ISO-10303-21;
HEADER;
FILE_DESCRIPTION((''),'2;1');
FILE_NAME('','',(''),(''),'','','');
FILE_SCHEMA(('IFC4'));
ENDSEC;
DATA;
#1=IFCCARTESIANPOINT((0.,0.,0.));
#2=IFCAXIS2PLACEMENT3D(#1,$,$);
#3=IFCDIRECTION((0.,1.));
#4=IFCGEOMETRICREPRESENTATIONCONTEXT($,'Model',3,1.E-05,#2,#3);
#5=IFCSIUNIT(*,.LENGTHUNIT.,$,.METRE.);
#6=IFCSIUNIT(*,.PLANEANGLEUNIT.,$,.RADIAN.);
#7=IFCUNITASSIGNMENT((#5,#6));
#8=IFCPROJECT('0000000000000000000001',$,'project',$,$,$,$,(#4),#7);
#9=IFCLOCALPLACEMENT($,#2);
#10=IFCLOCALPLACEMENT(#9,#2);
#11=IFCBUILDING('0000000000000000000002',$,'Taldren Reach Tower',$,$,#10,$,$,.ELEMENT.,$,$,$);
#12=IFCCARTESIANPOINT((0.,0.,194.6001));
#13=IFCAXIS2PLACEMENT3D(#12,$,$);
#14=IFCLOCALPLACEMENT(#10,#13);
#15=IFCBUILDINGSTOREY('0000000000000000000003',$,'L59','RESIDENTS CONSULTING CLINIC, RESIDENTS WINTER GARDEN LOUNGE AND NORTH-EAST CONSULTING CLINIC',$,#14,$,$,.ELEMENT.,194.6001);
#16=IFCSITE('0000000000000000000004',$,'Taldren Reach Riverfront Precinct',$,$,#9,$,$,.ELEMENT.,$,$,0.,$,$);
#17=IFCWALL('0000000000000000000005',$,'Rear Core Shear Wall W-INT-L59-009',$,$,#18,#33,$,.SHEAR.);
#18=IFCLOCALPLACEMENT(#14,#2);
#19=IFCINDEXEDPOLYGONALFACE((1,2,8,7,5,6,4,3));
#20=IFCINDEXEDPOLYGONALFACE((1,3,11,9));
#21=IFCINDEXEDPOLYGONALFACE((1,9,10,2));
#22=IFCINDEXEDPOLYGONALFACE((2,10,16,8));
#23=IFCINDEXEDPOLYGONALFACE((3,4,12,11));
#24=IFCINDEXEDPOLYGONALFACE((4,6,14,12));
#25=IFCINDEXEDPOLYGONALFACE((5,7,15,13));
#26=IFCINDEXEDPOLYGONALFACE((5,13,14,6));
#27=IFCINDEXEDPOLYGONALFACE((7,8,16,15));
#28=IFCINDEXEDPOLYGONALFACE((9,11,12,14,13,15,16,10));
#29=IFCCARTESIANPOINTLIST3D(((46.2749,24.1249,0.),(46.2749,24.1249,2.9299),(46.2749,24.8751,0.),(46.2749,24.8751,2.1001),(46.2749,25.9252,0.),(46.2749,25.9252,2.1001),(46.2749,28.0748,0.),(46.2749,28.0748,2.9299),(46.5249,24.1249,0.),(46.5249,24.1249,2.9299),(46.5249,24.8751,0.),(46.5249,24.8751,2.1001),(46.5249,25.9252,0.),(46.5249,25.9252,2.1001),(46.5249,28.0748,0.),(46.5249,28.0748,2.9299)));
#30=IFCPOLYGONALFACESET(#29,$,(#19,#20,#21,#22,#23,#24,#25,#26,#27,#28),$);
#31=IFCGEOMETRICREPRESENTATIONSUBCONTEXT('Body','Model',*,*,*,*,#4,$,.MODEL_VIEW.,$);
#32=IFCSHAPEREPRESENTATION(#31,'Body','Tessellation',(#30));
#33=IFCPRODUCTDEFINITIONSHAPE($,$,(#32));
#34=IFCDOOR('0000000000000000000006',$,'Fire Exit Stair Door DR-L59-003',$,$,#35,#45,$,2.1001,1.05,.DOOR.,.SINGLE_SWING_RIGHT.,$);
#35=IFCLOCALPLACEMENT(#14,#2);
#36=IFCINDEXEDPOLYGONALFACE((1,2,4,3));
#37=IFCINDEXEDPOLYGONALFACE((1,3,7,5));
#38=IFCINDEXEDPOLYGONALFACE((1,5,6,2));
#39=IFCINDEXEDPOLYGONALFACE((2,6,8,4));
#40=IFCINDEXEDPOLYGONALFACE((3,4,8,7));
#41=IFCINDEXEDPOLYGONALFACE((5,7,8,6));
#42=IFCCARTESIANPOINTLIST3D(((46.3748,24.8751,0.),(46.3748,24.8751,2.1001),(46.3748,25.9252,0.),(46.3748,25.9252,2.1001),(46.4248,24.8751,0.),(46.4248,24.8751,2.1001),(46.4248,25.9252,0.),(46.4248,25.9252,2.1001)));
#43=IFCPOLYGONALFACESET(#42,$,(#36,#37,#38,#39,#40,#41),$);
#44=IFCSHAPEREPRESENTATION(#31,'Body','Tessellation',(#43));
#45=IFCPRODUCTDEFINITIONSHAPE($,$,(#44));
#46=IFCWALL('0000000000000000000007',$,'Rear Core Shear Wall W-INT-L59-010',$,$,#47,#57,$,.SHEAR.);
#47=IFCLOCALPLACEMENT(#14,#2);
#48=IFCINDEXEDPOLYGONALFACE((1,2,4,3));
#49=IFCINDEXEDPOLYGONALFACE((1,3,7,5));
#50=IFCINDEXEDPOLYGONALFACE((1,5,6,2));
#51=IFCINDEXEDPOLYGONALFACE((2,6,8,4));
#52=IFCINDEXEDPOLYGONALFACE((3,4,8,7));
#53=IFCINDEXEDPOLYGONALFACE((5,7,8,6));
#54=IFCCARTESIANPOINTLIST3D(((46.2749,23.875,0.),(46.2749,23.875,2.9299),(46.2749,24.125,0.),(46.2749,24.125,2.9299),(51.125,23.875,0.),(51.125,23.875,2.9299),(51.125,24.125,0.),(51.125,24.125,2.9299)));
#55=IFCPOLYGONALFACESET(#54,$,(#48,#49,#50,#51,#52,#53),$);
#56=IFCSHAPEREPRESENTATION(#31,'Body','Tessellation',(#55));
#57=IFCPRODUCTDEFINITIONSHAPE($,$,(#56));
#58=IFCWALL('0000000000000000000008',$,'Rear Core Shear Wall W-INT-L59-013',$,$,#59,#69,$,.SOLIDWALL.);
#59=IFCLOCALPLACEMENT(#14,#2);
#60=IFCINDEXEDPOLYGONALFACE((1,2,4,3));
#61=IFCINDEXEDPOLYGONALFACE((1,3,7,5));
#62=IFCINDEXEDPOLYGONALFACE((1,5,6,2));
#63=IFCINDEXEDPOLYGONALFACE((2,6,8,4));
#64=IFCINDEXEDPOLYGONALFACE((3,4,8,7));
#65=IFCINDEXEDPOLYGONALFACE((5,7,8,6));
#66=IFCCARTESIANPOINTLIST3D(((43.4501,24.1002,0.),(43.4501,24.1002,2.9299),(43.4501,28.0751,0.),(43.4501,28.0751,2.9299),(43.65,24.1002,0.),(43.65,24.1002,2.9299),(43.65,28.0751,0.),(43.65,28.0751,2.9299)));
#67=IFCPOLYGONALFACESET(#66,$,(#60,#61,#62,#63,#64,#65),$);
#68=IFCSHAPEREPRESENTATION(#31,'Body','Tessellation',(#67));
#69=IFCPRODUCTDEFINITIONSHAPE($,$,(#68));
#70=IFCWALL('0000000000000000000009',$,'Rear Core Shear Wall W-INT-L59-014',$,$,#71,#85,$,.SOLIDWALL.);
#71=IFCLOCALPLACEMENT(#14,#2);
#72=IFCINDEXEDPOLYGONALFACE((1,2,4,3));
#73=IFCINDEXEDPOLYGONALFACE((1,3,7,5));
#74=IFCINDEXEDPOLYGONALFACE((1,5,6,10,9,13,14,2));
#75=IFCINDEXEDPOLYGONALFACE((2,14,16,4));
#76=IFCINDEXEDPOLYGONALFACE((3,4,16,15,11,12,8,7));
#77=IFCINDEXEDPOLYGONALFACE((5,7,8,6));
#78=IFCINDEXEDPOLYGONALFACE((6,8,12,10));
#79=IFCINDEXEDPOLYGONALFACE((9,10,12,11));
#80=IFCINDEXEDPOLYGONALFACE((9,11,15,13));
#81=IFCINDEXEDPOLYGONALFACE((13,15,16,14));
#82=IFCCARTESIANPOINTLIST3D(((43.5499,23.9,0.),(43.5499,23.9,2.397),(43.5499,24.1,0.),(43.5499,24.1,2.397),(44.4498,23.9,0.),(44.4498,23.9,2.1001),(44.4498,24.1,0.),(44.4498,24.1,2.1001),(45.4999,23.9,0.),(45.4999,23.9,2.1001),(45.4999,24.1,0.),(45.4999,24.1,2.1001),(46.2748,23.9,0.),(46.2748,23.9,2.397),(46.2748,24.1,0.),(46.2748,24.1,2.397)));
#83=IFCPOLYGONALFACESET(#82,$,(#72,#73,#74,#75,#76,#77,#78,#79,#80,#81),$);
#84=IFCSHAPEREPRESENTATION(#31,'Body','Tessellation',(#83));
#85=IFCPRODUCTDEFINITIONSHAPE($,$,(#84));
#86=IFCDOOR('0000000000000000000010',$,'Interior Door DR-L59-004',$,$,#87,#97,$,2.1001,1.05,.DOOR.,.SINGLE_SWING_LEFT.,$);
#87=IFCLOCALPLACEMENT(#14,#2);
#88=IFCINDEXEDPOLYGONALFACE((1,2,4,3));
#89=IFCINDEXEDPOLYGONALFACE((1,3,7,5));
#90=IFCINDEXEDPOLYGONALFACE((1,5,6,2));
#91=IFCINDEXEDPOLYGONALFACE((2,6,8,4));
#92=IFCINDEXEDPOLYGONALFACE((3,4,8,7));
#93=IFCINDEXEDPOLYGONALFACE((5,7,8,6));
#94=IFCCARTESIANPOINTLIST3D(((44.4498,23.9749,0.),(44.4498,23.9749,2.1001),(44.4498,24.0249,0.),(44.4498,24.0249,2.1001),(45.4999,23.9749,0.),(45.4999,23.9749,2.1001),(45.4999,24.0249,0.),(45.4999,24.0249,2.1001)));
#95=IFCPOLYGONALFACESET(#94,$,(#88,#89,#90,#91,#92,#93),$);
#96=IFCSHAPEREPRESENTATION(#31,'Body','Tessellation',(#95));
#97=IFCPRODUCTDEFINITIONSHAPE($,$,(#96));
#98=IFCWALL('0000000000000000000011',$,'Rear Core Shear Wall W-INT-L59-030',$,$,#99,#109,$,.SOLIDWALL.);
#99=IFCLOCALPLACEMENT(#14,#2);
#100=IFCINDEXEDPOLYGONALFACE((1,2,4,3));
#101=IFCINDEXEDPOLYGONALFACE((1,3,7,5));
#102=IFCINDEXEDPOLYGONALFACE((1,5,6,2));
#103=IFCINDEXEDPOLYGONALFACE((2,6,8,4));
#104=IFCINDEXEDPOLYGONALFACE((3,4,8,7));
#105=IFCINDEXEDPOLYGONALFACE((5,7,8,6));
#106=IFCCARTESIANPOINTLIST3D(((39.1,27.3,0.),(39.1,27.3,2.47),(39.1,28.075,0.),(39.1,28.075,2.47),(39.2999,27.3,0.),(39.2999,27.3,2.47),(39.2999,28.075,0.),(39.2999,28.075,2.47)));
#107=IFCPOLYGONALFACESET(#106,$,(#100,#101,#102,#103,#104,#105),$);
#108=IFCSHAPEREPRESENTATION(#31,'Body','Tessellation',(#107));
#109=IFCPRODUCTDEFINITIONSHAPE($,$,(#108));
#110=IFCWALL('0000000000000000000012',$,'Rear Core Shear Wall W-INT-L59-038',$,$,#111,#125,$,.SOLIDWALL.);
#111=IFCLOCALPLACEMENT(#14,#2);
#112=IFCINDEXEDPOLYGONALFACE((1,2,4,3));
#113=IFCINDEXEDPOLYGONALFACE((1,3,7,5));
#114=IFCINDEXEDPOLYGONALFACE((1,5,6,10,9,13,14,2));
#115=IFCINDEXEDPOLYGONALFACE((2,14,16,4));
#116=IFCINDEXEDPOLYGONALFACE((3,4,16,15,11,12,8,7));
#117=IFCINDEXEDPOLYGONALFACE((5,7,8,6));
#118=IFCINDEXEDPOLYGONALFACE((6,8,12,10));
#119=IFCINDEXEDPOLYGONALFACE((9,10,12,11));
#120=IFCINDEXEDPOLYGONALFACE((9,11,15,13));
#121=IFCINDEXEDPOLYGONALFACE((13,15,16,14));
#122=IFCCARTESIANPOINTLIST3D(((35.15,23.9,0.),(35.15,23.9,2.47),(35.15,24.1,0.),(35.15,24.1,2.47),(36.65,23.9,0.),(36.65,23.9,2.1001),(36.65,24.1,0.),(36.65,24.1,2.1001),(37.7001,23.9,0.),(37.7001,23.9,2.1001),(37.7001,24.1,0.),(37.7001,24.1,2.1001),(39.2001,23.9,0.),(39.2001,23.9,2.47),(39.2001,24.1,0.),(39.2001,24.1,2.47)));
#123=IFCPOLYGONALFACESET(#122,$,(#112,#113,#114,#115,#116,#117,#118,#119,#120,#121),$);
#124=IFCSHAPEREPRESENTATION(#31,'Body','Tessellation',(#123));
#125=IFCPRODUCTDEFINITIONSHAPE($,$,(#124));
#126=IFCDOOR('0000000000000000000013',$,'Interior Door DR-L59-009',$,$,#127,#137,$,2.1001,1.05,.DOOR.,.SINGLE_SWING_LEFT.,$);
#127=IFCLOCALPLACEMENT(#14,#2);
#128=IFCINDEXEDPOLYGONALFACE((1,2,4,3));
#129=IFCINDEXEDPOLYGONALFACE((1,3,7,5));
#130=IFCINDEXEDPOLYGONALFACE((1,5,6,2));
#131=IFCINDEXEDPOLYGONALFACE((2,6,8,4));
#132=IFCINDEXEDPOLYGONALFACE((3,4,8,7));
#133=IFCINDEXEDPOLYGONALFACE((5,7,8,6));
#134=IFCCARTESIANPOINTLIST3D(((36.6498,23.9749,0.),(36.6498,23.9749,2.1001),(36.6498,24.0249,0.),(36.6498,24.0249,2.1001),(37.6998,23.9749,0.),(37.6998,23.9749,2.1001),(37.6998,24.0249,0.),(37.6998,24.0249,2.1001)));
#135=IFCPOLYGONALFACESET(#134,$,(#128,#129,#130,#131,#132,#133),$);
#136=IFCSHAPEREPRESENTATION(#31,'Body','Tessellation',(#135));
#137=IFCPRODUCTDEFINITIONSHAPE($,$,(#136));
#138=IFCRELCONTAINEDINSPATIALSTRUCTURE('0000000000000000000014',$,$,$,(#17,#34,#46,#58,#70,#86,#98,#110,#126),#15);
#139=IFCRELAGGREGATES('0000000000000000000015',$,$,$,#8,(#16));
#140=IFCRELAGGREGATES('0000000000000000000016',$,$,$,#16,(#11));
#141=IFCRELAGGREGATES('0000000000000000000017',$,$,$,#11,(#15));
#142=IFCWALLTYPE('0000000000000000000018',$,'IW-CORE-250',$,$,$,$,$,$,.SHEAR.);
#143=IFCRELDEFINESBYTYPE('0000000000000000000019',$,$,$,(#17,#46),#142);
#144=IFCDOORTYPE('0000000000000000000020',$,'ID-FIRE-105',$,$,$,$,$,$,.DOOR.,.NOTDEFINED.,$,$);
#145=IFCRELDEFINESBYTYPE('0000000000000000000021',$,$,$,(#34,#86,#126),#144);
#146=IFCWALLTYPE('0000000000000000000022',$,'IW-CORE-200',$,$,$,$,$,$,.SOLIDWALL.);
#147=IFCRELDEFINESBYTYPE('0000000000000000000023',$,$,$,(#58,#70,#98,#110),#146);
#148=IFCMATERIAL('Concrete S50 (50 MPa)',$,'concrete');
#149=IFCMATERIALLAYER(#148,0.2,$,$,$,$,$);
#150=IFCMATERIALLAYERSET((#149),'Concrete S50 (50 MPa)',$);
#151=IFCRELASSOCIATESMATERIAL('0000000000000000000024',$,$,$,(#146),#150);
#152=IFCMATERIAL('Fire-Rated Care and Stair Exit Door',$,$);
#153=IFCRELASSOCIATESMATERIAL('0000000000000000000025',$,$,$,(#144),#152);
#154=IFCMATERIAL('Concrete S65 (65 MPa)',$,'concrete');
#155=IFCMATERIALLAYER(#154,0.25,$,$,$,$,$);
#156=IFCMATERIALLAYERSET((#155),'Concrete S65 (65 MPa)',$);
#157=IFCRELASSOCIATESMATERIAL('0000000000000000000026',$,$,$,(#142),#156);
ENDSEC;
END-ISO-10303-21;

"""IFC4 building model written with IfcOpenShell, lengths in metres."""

from ifc_helpers import new_model, si_unit, direction, frame, frame_2d, origin, place, context, subcontext, project, spatial, rectangle, extrude, source, transform, mapped, material, layer, layer_set, type_object, element, fill, save


model = new_model("IFC4")

# Units and contexts
model_context = context("Model", 3, precision=1e-05, world=origin(), true_north=direction((0.0, 1.0)))
body_context = subcontext(model_context, "Body", "Model", "MODEL_VIEW")
ifc_project = project(units=[si_unit("LENGTHUNIT", "METRE"), si_unit("PLANEANGLEUNIT", "RADIAN")], contexts=[model_context])

# Site, building, storey
site_placement = place(None, origin())
site = spatial("IfcSite", under=ifc_project, at=site_placement, Name="Taldren Reach Riverfront Precinct", CompositionType="ELEMENT", RefElevation=0.0)
building_placement = place(site_placement, origin())
building = spatial("IfcBuilding", under=site, at=building_placement, Name="Taldren Reach Tower", CompositionType="ELEMENT")
storey_placement = place(building_placement, frame((0.0, 0.0, 194.6001)))
storey = spatial("IfcBuildingStorey", under=building, at=storey_placement, Name="L59", Description="RESIDENTS CONSULTING CLINIC, RESIDENTS WINTER GARDEN LOUNGE AND NORTH-EAST CONSULTING CLINIC", CompositionType="ELEMENT", Elevation=194.6001)

# Shared definitions
ifc_material_1 = material(Name="Concrete S50 (50 MPa)", Category="concrete")
ifc_layer_1 = layer(ifc_material_1, 0.2)
ifc_layer_set_1 = layer_set([ifc_layer_1], Name="Concrete S50 (50 MPa)")
wall_type_1 = type_object("IfcWallType", Name="IW-CORE-200", PredefinedType="SOLIDWALL", material=ifc_layer_set_1)
shared_shape_1 = source(origin(), body_context, "Body", "SweptSolid", [
    extrude(rectangle(XDim=1.05, YDim=2.1001, at=frame_2d((0.5249, 1.05))), frame((0.0, 0.1099, 0.0), z_axis=(0.0, -1.0, 0.0), x_axis=(1.0, 0.0, 0.0)), (0.0, 0.0, 1.0), 0.22),
])
ifc_material_2 = material(Name="Fire-Rated Care and Stair Exit Door")
door_type_1 = type_object("IfcDoorType", Name="ID-FIRE-105", OperationType="NOTDEFINED", PredefinedType="DOOR", material=ifc_material_2)
shared_shape_2 = source(origin(), body_context, "Body", "SweptSolid", [
    extrude(rectangle(XDim=1.05, YDim=2.1001, at=frame_2d((0.5249, 1.05))), frame((0.0, 0.0249, 0.0), z_axis=(0.0, -1.0, 0.0), x_axis=(1.0, 0.0, 0.0)), (0.0, 0.0, 1.0), 0.05),
])

# Wall, opening, door
ifc_material_3 = material(Name="Concrete S65 (65 MPa)", Category="concrete")
ifc_layer_2 = layer(ifc_material_3, 0.25)
ifc_layer_set_2 = layer_set([ifc_layer_2], Name="Concrete S65 (65 MPa)")
wall_type_2 = type_object("IfcWallType", Name="IW-CORE-250", PredefinedType="SHEAR", material=ifc_layer_set_2)
shared_shape_3 = source(origin(), body_context, "Body", "SweptSolid", [
    extrude(rectangle(XDim=3.95, YDim=0.25, at=frame_2d((1.9751, 0.0))), origin(), (0.0, 0.0, 1.0), 2.9299),
])
wall_1_placement = place(storey_placement, frame((46.3999, 28.075, 0.0), z_axis=(0.0, 0.0, 1.0), x_axis=(0.0, -1.0, 0.0)))
wall_1 = element("IfcWall", 1, at=wall_1_placement, inside=storey, type_object=wall_type_2, Name="Rear Core Shear Wall W-INT-L59-009", PredefinedType="SHEAR", context=body_context, shape_type="MappedRepresentation", body=[
    mapped(shared_shape_3, transform((0.0, 0.0, 0.0), scale=1.0)),
])
shared_shape_4 = source(origin(), body_context, "Body", "SweptSolid", [
    extrude(rectangle(XDim=1.05, YDim=2.1001, at=frame_2d((0.5249, 1.05))), frame((0.0, 0.135, 0.0), z_axis=(0.0, -1.0, 0.0), x_axis=(1.0, 0.0, 0.0)), (0.0, 0.0, 1.0), 0.27),
])
opening_1_placement = place(wall_1_placement, frame((2.1499, 0.0, 0.0)))
opening_1 = element("IfcOpeningElement", 2, at=opening_1_placement, cuts=wall_1, PredefinedType="OPENING", context=body_context, shape_type="MappedRepresentation", body=[
    mapped(shared_shape_4, transform((0.0, 0.0, 0.0), scale=1.0)),
])
door_1_placement = place(opening_1_placement, origin())
door_1 = element("IfcDoor", 3, at=door_1_placement, inside=storey, type_object=door_type_1, Name="Fire Exit Stair Door DR-L59-003", OperationType="SINGLE_SWING_RIGHT", OverallHeight=2.1001, OverallWidth=1.05, PredefinedType="DOOR", context=body_context, shape_type="MappedRepresentation", body=[
    mapped(shared_shape_2, transform((0.0, 0.0, 0.0), scale=1.0)),
])
fill(opening_1, door_1)

# Walls
shared_shape_5 = source(origin(), body_context, "Body", "SweptSolid", [
    extrude(rectangle(XDim=4.8501, YDim=0.25, at=frame_2d((2.425, 0.0))), origin(), (0.0, 0.0, 1.0), 2.9299),
])
wall_2_placement = place(storey_placement, frame((46.2749, 24.0, 0.0), z_axis=(0.0, 0.0, 1.0), x_axis=(1.0, 0.0, 0.0)))
element("IfcWall", 4, at=wall_2_placement, inside=storey, type_object=wall_type_2, Name="Rear Core Shear Wall W-INT-L59-010", PredefinedType="SHEAR", context=body_context, shape_type="MappedRepresentation", body=[
    mapped(shared_shape_5, transform((0.0, 0.0, 0.0), scale=1.0)),
])
shared_shape_6 = source(origin(), body_context, "Body", "SweptSolid", [
    extrude(rectangle(XDim=3.9749, YDim=0.2, at=frame_2d((1.9873, 0.0))), origin(), (0.0, 0.0, 1.0), 2.9299),
])
wall_3_placement = place(storey_placement, frame((43.55, 28.075, 0.0), z_axis=(0.0, 0.0, 1.0), x_axis=(0.0, -1.0, 0.0)))
element("IfcWall", 5, at=wall_3_placement, inside=storey, type_object=wall_type_1, Name="Rear Core Shear Wall W-INT-L59-013", PredefinedType="SOLIDWALL", context=body_context, shape_type="MappedRepresentation", body=[
    mapped(shared_shape_6, transform((0.0, 0.0, 0.0), scale=1.0)),
])

# Wall, opening, door
shared_shape_7 = source(origin(), body_context, "Body", "SweptSolid", [
    extrude(rectangle(XDim=2.7249, YDim=0.2, at=frame_2d((1.3623, 0.0))), origin(), (0.0, 0.0, 1.0), 2.397),
])
wall_4_placement = place(storey_placement, frame((43.55, 24.0, 0.0), z_axis=(0.0, 0.0, 1.0), x_axis=(1.0, 0.0, 0.0)))
wall_4 = element("IfcWall", 6, at=wall_4_placement, inside=storey, type_object=wall_type_1, Name="Rear Core Shear Wall W-INT-L59-014", PredefinedType="SOLIDWALL", context=body_context, shape_type="MappedRepresentation", body=[
    mapped(shared_shape_7, transform((0.0, 0.0, 0.0), scale=1.0)),
])
opening_2_placement = place(wall_4_placement, frame((0.8999, 0.0, 0.0)))
opening_2 = element("IfcOpeningElement", 7, at=opening_2_placement, cuts=wall_4, PredefinedType="OPENING", context=body_context, shape_type="MappedRepresentation", body=[
    mapped(shared_shape_1, transform((0.0, 0.0, 0.0), scale=1.0)),
])
door_2_placement = place(opening_2_placement, origin())
door_2 = element("IfcDoor", 8, at=door_2_placement, inside=storey, type_object=door_type_1, Name="Interior Door DR-L59-004", OperationType="SINGLE_SWING_LEFT", OverallHeight=2.1001, OverallWidth=1.05, PredefinedType="DOOR", context=body_context, shape_type="MappedRepresentation", body=[
    mapped(shared_shape_2, transform((0.0, 0.0, 0.0), scale=1.0)),
])
fill(opening_2, door_2)

# Wall
shared_shape_8 = source(origin(), body_context, "Body", "SweptSolid", [
    extrude(rectangle(XDim=0.7749, YDim=0.2, at=frame_2d((0.3875, 0.0))), origin(), (0.0, 0.0, 1.0), 2.47),
])
wall_5_placement = place(storey_placement, frame((39.2, 27.3, 0.0), z_axis=(0.0, 0.0, 1.0), x_axis=(0.0, 1.0, 0.0)))
element("IfcWall", 9, at=wall_5_placement, inside=storey, type_object=wall_type_1, Name="Rear Core Shear Wall W-INT-L59-030", PredefinedType="SOLIDWALL", context=body_context, shape_type="MappedRepresentation", body=[
    mapped(shared_shape_8, transform((0.0, 0.0, 0.0), scale=1.0)),
])

# Wall, opening, door
shared_shape_9 = source(origin(), body_context, "Body", "SweptSolid", [
    extrude(rectangle(XDim=4.05, YDim=0.2, at=frame_2d((2.0249, 0.0))), origin(), (0.0, 0.0, 1.0), 2.47),
])
wall_6_placement = place(storey_placement, frame((39.2, 24.0, 0.0), z_axis=(0.0, 0.0, 1.0), x_axis=(-1.0, 0.0, 0.0)))
wall_6 = element("IfcWall", 10, at=wall_6_placement, inside=storey, type_object=wall_type_1, Name="Rear Core Shear Wall W-INT-L59-038", PredefinedType="SOLIDWALL", context=body_context, shape_type="MappedRepresentation", body=[
    mapped(shared_shape_9, transform((0.0, 0.0, 0.0), scale=1.0)),
])
opening_3_placement = place(wall_6_placement, frame((1.5, 0.0, 0.0)))
opening_3 = element("IfcOpeningElement", 11, at=opening_3_placement, cuts=wall_6, PredefinedType="OPENING", context=body_context, shape_type="MappedRepresentation", body=[
    mapped(shared_shape_1, transform((0.0, 0.0, 0.0), scale=1.0)),
])
door_3_placement = place(opening_3_placement, frame((1.05, 0.0, 0.0), z_axis=(0.0, 0.0, 1.0), x_axis=(-1.0, 0.0, 0.0)))
door_3 = element("IfcDoor", 12, at=door_3_placement, inside=storey, type_object=door_type_1, Name="Interior Door DR-L59-009", OperationType="SINGLE_SWING_LEFT", OverallHeight=2.1001, OverallWidth=1.05, PredefinedType="DOOR", context=body_context, shape_type="MappedRepresentation", body=[
    mapped(shared_shape_2, transform((0.0, 0.0, 0.0), scale=1.0)),
])
fill(opening_3, door_3)

save(model, "model.ifc")
